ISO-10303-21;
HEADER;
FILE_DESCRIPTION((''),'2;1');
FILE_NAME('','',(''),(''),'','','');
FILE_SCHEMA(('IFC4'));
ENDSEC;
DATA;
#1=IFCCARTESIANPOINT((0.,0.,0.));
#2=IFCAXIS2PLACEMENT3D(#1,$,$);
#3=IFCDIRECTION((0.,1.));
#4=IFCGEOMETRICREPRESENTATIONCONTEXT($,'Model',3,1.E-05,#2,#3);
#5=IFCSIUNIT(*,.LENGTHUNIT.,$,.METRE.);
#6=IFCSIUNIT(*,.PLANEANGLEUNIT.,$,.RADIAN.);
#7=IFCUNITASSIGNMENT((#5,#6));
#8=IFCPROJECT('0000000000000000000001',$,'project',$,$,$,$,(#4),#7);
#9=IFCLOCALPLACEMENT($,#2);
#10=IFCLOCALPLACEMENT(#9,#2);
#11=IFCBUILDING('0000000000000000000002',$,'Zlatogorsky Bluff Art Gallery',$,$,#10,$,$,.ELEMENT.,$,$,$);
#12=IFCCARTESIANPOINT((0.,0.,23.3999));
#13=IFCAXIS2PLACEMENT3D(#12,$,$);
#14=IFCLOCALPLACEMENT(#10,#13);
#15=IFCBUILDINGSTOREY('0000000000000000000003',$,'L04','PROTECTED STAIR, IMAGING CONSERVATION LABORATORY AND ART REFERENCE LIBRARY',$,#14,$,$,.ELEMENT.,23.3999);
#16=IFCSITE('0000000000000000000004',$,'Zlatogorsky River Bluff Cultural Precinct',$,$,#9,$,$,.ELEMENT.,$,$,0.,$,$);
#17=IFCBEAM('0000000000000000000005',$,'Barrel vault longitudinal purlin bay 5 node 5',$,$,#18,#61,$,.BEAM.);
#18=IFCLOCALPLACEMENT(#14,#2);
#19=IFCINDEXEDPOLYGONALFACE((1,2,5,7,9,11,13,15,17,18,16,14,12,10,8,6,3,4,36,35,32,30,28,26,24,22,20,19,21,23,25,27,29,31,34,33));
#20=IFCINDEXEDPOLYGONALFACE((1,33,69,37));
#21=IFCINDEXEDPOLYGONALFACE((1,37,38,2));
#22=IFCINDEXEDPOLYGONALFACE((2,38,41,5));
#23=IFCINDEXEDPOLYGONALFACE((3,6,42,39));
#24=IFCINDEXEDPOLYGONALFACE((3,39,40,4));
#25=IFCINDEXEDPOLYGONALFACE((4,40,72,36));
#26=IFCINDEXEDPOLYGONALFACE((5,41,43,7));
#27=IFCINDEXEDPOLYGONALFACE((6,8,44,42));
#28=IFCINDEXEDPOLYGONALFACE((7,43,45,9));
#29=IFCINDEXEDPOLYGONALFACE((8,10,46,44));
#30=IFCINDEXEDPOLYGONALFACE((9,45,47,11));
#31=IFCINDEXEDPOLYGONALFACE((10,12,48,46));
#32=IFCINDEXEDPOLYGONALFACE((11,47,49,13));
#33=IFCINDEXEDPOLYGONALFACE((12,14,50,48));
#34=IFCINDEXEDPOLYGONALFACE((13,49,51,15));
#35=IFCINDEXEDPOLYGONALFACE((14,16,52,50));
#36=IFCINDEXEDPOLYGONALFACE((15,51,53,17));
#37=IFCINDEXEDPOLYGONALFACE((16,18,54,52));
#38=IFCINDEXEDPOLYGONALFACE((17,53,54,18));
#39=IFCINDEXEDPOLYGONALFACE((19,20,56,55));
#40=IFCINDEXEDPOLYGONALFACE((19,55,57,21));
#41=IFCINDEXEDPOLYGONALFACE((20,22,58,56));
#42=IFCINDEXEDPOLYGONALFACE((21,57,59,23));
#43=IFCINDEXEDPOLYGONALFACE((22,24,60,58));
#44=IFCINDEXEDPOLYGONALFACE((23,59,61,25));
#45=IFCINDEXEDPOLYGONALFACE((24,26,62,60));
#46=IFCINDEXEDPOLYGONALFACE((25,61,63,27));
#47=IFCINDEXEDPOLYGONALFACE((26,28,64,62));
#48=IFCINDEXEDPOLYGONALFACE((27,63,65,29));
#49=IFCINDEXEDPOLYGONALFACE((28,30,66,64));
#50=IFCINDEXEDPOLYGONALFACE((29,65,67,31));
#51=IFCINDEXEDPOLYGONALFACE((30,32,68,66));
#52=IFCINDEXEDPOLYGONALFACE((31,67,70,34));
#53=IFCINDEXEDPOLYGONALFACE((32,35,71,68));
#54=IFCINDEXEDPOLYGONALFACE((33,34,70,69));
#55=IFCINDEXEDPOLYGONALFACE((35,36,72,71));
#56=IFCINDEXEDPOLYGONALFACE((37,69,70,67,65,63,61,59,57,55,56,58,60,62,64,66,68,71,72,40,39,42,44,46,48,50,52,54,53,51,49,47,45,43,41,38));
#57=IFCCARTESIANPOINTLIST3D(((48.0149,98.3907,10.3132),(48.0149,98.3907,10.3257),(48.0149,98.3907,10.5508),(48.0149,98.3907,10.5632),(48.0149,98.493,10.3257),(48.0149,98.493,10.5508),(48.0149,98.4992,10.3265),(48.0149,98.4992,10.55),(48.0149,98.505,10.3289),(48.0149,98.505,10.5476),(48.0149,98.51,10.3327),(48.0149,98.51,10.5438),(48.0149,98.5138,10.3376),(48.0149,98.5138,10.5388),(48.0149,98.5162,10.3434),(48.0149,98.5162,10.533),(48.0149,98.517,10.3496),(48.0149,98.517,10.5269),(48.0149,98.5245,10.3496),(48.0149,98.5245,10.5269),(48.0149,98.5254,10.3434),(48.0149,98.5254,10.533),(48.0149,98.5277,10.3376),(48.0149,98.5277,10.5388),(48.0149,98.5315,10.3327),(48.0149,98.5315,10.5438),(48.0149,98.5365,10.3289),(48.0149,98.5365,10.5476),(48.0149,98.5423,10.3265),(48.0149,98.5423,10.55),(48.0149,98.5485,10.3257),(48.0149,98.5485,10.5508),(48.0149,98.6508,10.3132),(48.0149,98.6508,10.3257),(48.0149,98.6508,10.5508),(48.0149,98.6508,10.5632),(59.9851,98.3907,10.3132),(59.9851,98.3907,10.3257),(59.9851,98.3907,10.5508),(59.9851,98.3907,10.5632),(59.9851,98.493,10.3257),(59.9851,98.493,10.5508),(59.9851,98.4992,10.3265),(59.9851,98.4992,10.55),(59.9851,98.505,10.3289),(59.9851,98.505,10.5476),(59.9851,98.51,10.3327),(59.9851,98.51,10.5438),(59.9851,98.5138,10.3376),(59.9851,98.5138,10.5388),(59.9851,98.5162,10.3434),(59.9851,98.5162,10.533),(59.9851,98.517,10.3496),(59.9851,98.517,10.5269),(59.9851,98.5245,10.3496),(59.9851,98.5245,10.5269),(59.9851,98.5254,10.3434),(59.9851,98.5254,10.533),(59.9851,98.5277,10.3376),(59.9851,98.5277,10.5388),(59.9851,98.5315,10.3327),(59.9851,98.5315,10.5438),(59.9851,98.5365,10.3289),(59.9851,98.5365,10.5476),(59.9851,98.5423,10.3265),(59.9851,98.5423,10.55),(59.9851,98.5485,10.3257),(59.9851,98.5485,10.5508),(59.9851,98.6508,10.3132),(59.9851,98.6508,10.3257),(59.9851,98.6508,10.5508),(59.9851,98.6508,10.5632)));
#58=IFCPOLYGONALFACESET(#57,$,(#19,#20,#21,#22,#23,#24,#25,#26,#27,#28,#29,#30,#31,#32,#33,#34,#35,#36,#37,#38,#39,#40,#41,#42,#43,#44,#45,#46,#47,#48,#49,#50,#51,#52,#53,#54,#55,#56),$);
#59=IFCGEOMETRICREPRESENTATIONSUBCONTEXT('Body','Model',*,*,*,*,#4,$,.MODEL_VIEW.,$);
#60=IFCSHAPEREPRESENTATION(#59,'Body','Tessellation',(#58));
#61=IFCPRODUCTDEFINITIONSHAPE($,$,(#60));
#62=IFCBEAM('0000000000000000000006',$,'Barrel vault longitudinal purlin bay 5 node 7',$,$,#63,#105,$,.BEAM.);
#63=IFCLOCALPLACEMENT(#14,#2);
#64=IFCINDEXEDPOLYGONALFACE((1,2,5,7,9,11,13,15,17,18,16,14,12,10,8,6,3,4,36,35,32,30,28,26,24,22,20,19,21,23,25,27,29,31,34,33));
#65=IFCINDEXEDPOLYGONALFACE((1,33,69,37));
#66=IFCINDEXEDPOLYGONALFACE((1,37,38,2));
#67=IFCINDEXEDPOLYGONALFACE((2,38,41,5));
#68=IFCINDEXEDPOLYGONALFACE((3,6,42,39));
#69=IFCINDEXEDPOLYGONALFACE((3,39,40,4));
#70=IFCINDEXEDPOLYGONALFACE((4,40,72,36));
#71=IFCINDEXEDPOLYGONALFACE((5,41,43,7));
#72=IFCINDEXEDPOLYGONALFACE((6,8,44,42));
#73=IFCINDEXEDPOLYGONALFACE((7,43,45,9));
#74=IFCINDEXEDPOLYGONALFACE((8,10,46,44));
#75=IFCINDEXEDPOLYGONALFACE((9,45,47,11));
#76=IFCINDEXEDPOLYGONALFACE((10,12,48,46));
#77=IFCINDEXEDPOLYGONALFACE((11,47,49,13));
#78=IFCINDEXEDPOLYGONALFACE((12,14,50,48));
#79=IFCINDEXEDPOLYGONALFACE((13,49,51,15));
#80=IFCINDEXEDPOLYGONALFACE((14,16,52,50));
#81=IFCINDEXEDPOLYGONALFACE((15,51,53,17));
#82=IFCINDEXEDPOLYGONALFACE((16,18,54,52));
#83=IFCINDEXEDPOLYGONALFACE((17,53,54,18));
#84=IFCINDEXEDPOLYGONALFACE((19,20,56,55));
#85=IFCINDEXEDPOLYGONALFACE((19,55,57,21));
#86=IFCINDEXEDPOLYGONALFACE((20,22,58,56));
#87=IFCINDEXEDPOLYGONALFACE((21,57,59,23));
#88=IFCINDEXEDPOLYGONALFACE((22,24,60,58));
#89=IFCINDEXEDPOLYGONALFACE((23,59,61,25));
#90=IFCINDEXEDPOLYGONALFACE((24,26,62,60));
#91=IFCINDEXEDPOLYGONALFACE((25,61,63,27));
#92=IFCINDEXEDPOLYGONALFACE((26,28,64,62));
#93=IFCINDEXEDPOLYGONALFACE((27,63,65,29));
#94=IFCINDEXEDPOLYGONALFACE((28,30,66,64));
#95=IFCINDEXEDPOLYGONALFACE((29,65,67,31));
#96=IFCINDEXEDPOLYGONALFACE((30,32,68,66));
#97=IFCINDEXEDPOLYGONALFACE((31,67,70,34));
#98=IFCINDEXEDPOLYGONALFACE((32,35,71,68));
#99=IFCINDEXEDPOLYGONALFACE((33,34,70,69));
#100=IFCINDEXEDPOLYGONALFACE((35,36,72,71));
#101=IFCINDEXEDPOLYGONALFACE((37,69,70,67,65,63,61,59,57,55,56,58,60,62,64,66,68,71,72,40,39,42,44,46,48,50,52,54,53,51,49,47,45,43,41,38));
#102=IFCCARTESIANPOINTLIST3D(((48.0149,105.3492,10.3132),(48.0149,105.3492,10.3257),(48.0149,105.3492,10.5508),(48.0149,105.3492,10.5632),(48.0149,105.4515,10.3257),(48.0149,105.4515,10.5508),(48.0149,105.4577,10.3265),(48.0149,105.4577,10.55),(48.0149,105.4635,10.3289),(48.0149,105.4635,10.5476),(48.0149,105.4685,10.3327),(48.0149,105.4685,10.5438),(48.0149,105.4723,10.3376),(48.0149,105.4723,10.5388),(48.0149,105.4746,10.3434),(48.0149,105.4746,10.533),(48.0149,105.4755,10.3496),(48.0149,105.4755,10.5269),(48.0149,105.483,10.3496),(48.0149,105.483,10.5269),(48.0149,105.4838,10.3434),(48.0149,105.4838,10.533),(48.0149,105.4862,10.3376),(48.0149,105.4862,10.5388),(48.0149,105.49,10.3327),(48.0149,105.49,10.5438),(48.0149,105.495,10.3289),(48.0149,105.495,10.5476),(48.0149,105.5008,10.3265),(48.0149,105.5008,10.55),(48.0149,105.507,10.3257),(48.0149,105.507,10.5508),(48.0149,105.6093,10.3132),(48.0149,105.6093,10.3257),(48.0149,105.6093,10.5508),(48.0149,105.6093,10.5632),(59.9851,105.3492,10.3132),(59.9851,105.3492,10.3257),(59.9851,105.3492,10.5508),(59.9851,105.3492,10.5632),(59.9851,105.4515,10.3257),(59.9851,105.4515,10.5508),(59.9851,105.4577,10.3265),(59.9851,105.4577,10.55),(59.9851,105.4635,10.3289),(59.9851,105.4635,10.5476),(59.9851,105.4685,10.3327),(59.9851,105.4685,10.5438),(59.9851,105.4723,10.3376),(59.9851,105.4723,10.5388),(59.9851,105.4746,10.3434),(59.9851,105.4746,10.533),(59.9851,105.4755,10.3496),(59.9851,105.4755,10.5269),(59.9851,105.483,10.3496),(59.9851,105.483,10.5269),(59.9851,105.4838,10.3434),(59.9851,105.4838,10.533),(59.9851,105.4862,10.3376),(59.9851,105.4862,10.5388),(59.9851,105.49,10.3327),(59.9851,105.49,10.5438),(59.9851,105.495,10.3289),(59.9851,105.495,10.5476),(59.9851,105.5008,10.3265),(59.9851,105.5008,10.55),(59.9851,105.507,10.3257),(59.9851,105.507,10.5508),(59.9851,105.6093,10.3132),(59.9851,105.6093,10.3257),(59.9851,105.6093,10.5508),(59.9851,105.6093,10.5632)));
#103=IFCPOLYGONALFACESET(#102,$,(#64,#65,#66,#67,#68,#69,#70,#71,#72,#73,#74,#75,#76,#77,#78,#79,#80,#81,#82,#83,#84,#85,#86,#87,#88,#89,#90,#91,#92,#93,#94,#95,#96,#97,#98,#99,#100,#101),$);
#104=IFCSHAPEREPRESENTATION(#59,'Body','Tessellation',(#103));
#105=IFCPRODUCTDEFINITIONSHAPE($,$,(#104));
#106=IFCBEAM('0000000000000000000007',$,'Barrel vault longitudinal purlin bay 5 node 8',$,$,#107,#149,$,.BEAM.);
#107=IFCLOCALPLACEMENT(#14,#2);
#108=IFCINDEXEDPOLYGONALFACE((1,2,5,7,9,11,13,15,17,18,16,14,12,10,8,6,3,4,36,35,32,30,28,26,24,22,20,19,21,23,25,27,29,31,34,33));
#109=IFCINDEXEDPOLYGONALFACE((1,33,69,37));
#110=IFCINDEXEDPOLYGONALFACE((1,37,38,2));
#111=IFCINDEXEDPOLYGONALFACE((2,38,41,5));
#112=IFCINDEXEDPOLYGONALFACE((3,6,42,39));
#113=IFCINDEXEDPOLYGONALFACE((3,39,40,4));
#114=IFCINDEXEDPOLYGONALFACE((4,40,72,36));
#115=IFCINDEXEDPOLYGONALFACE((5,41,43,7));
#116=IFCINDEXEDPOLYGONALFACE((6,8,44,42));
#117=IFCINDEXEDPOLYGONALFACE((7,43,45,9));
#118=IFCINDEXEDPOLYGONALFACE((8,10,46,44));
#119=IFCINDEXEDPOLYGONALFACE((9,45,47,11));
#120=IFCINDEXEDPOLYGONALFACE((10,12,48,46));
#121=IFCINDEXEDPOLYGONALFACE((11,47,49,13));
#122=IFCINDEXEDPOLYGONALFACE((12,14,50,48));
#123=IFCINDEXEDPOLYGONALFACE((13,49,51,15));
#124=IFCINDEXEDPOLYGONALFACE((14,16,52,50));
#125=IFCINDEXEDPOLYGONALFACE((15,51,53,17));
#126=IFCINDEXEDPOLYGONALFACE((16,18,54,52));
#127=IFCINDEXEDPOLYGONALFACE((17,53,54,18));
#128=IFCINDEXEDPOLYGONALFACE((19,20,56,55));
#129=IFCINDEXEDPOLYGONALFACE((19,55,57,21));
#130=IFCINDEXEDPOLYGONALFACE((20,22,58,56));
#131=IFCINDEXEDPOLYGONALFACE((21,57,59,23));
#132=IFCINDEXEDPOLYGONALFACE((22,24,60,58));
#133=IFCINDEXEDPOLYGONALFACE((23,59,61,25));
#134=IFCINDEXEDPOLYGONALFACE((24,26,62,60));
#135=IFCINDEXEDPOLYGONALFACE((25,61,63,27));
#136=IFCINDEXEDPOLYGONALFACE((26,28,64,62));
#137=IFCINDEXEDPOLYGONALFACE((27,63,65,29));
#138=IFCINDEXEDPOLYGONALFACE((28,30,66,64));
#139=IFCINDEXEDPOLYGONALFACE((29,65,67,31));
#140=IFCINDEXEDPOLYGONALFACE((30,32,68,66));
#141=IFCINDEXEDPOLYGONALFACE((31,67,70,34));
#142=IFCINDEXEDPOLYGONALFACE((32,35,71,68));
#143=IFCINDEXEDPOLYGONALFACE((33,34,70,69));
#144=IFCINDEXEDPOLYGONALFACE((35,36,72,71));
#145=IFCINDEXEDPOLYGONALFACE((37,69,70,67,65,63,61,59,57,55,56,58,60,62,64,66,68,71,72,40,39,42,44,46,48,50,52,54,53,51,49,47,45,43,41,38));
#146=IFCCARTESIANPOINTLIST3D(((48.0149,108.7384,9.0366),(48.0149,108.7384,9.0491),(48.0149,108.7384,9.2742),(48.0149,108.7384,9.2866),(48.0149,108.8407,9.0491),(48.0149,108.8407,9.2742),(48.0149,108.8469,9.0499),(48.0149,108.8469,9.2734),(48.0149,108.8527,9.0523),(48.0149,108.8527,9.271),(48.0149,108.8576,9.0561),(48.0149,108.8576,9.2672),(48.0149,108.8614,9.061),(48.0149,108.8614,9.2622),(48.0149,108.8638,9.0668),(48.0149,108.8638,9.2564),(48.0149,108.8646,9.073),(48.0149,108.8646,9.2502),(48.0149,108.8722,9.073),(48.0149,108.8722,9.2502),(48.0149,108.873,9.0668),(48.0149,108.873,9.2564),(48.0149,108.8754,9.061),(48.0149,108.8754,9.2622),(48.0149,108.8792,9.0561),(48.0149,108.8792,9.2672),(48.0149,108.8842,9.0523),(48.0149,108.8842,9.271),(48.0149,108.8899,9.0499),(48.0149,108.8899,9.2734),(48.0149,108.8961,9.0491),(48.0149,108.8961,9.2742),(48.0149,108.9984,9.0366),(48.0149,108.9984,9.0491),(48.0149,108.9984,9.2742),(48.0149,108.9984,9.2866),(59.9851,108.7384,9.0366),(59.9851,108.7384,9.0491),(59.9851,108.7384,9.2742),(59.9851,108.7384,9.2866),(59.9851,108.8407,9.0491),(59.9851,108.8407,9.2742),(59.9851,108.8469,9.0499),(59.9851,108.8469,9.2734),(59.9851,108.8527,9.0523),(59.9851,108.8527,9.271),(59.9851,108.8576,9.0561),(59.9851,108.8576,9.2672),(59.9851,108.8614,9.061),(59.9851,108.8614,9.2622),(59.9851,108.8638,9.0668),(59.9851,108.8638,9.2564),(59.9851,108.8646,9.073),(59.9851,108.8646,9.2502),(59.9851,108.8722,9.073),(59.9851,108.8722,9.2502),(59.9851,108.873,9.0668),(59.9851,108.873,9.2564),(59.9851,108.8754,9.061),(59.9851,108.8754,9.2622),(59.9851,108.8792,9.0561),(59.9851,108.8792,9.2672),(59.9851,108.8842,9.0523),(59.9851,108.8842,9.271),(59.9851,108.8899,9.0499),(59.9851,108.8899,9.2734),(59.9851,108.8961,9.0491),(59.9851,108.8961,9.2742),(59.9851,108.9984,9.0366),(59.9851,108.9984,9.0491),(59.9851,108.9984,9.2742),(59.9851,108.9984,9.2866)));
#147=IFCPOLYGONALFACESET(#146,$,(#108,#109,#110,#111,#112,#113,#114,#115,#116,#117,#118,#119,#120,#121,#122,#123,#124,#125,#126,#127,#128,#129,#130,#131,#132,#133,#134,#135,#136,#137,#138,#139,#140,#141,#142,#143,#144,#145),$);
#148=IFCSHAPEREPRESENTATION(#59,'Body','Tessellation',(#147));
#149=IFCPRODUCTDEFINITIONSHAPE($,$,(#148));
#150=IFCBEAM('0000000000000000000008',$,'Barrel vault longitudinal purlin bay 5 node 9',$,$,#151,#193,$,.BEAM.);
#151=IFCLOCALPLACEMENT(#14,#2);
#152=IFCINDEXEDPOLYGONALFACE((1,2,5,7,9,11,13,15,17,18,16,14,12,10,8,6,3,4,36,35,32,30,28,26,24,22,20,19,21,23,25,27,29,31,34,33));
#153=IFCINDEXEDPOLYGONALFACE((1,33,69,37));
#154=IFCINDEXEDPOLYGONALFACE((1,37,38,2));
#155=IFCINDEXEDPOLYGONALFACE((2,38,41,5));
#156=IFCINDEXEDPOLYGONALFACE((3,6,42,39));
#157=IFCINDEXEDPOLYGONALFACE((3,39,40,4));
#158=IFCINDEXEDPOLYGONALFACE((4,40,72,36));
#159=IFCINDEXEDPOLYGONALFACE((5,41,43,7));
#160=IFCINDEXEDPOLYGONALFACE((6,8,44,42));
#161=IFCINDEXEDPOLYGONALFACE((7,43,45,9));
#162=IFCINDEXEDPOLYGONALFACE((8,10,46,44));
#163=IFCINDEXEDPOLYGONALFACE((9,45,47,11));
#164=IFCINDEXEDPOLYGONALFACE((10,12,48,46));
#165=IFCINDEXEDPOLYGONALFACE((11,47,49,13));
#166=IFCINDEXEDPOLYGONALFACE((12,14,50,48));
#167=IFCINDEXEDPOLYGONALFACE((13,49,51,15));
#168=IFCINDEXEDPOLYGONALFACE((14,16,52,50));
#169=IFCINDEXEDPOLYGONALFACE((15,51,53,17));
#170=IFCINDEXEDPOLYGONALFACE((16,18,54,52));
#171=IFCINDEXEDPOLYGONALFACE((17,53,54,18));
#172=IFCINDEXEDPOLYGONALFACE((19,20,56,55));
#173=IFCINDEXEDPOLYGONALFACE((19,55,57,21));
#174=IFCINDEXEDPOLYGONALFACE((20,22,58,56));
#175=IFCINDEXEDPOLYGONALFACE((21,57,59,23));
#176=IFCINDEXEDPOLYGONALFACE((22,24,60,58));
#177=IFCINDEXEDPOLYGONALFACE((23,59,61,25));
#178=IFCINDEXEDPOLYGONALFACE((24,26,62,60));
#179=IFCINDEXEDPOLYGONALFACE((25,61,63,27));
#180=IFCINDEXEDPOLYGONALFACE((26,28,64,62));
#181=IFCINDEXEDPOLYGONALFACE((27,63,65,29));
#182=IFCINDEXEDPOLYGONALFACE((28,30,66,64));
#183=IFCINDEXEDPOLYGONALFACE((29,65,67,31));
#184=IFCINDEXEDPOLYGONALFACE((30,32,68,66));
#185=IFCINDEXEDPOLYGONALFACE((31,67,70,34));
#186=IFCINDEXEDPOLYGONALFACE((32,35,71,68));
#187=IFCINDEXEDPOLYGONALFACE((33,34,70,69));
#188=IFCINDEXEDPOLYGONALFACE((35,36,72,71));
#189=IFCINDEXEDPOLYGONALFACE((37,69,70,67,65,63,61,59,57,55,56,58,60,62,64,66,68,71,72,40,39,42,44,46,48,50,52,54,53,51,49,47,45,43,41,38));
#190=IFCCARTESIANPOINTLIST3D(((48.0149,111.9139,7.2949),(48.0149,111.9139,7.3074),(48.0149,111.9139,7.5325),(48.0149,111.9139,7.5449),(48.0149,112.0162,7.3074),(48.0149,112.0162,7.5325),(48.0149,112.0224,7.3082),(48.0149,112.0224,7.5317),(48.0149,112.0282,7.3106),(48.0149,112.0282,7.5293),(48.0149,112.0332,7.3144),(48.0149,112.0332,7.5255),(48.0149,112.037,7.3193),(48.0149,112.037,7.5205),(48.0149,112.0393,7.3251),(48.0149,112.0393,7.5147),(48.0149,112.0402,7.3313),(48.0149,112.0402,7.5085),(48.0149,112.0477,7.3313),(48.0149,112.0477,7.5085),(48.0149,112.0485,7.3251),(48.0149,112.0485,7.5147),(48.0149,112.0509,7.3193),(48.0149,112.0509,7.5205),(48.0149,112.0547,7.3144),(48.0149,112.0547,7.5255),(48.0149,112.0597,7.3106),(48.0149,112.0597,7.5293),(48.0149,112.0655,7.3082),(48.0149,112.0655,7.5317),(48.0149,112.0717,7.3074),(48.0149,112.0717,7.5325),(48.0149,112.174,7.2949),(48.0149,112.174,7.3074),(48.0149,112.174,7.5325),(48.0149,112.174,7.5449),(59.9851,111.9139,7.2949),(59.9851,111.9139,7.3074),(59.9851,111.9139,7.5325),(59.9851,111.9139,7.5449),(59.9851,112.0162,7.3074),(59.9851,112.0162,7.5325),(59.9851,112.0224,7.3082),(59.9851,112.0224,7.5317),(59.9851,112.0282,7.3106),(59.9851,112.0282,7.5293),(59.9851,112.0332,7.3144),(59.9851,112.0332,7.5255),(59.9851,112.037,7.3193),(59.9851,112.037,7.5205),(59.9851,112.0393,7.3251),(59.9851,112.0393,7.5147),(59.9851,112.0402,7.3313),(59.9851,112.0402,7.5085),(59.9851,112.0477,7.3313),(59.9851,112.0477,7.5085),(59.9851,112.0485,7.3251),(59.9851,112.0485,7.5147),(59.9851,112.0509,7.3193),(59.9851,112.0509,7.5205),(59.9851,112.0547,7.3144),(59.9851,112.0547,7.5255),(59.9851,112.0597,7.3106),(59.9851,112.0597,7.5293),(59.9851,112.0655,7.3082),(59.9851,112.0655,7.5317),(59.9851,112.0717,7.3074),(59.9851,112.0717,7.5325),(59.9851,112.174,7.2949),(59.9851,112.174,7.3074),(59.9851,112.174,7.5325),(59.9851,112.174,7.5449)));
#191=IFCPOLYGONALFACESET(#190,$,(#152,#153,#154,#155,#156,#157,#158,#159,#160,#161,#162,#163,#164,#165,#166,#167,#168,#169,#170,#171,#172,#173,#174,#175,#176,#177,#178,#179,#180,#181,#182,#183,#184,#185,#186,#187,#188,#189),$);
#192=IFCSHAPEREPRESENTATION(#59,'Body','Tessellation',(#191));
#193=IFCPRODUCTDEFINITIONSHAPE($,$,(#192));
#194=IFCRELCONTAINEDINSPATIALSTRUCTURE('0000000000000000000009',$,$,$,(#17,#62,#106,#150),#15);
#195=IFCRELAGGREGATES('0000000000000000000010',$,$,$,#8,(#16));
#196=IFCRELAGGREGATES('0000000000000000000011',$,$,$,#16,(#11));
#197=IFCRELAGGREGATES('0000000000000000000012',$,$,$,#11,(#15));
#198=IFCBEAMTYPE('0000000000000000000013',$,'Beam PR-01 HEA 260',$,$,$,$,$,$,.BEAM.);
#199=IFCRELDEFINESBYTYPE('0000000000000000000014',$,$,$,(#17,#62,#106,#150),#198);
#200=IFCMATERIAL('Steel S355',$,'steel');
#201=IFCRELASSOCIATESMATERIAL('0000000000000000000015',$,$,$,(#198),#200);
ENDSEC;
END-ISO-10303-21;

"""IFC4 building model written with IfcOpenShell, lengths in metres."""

from ifc_helpers import new_model, si_unit, direction, frame, origin, origin_2d, place, context, subcontext, project, spatial, i_section, extrude, material, material_profile, profile_set, type_object, element, save


model = new_model("IFC4")

# Units and contexts
model_context = context("Model", 3, precision=1e-05, world=origin(), true_north=direction((0.0, 1.0)))
body_context = subcontext(model_context, "Body", "Model", "MODEL_VIEW")
ifc_project = project(units=[si_unit("LENGTHUNIT", "METRE"), si_unit("PLANEANGLEUNIT", "RADIAN")], contexts=[model_context])

# Site, building, storey
site_placement = place(None, origin())
site = spatial("IfcSite", under=ifc_project, at=site_placement, Name="Zlatogorsky River Bluff Cultural Precinct", CompositionType="ELEMENT", RefElevation=0.0)
building_placement = place(site_placement, origin())
building = spatial("IfcBuilding", under=site, at=building_placement, Name="Zlatogorsky Bluff Art Gallery", CompositionType="ELEMENT")
storey_placement = place(building_placement, frame((0.0, 0.0, 23.3999)))
storey = spatial("IfcBuildingStorey", under=building, at=storey_placement, Name="L04", Description="PROTECTED STAIR, IMAGING CONSERVATION LABORATORY AND ART REFERENCE LIBRARY", CompositionType="ELEMENT", Elevation=23.3999)

# Beams
ifc_material_1 = material(Name="Steel S355", Category="steel")
ifc_material_profile_1 = material_profile(ifc_material_1, i_section(OverallWidth=0.26, OverallDepth=0.25, WebThickness=0.0076, FlangeThickness=0.0125, FilletRadius=0.0239, at=origin_2d()), Name="HEA 260")
ifc_profile_set_1 = profile_set([ifc_material_profile_1], Name="Steel S355")
beam_type_1 = type_object("IfcBeamType", Name="Beam PR-01 HEA 260", PredefinedType="BEAM", material=ifc_profile_set_1)
for number, where, z_axis, x_axis, name in (
    (1, (48.0149, 98.5208, 10.4382), (1.0, 0.0, 0.0), (0.0, 1.0, 0.0), "Barrel vault longitudinal purlin bay 5 node 5"),
    (2, (48.0149, 105.4792, 10.4382), (1.0, 0.0, 0.0), (0.0, 1.0, 0.0), "Barrel vault longitudinal purlin bay 5 node 7"),
    (3, (48.0149, 108.8684, 9.1616), (1.0, 0.0, 0.0), (0.0, 1.0, 0.0), "Barrel vault longitudinal purlin bay 5 node 8"),
    (4, (48.0149, 112.0439, 7.4199), (1.0, 0.0, 0.0), (0.0, 1.0, 0.0), "Barrel vault longitudinal purlin bay 5 node 9"),
):
    element("IfcBeam", number, at=place(storey_placement, frame(where, z_axis=z_axis, x_axis=x_axis)), inside=storey, type_object=beam_type_1, Name=name, PredefinedType="BEAM", context=body_context, shape_type="SweptSolid", body=[
        extrude(i_section(OverallWidth=0.26, OverallDepth=0.25, WebThickness=0.0076, FlangeThickness=0.0125, FilletRadius=0.0239, at=origin_2d()), origin(), (0.0, 0.0, 1.0), 11.9702),
    ])

save(model, "model.ifc")
